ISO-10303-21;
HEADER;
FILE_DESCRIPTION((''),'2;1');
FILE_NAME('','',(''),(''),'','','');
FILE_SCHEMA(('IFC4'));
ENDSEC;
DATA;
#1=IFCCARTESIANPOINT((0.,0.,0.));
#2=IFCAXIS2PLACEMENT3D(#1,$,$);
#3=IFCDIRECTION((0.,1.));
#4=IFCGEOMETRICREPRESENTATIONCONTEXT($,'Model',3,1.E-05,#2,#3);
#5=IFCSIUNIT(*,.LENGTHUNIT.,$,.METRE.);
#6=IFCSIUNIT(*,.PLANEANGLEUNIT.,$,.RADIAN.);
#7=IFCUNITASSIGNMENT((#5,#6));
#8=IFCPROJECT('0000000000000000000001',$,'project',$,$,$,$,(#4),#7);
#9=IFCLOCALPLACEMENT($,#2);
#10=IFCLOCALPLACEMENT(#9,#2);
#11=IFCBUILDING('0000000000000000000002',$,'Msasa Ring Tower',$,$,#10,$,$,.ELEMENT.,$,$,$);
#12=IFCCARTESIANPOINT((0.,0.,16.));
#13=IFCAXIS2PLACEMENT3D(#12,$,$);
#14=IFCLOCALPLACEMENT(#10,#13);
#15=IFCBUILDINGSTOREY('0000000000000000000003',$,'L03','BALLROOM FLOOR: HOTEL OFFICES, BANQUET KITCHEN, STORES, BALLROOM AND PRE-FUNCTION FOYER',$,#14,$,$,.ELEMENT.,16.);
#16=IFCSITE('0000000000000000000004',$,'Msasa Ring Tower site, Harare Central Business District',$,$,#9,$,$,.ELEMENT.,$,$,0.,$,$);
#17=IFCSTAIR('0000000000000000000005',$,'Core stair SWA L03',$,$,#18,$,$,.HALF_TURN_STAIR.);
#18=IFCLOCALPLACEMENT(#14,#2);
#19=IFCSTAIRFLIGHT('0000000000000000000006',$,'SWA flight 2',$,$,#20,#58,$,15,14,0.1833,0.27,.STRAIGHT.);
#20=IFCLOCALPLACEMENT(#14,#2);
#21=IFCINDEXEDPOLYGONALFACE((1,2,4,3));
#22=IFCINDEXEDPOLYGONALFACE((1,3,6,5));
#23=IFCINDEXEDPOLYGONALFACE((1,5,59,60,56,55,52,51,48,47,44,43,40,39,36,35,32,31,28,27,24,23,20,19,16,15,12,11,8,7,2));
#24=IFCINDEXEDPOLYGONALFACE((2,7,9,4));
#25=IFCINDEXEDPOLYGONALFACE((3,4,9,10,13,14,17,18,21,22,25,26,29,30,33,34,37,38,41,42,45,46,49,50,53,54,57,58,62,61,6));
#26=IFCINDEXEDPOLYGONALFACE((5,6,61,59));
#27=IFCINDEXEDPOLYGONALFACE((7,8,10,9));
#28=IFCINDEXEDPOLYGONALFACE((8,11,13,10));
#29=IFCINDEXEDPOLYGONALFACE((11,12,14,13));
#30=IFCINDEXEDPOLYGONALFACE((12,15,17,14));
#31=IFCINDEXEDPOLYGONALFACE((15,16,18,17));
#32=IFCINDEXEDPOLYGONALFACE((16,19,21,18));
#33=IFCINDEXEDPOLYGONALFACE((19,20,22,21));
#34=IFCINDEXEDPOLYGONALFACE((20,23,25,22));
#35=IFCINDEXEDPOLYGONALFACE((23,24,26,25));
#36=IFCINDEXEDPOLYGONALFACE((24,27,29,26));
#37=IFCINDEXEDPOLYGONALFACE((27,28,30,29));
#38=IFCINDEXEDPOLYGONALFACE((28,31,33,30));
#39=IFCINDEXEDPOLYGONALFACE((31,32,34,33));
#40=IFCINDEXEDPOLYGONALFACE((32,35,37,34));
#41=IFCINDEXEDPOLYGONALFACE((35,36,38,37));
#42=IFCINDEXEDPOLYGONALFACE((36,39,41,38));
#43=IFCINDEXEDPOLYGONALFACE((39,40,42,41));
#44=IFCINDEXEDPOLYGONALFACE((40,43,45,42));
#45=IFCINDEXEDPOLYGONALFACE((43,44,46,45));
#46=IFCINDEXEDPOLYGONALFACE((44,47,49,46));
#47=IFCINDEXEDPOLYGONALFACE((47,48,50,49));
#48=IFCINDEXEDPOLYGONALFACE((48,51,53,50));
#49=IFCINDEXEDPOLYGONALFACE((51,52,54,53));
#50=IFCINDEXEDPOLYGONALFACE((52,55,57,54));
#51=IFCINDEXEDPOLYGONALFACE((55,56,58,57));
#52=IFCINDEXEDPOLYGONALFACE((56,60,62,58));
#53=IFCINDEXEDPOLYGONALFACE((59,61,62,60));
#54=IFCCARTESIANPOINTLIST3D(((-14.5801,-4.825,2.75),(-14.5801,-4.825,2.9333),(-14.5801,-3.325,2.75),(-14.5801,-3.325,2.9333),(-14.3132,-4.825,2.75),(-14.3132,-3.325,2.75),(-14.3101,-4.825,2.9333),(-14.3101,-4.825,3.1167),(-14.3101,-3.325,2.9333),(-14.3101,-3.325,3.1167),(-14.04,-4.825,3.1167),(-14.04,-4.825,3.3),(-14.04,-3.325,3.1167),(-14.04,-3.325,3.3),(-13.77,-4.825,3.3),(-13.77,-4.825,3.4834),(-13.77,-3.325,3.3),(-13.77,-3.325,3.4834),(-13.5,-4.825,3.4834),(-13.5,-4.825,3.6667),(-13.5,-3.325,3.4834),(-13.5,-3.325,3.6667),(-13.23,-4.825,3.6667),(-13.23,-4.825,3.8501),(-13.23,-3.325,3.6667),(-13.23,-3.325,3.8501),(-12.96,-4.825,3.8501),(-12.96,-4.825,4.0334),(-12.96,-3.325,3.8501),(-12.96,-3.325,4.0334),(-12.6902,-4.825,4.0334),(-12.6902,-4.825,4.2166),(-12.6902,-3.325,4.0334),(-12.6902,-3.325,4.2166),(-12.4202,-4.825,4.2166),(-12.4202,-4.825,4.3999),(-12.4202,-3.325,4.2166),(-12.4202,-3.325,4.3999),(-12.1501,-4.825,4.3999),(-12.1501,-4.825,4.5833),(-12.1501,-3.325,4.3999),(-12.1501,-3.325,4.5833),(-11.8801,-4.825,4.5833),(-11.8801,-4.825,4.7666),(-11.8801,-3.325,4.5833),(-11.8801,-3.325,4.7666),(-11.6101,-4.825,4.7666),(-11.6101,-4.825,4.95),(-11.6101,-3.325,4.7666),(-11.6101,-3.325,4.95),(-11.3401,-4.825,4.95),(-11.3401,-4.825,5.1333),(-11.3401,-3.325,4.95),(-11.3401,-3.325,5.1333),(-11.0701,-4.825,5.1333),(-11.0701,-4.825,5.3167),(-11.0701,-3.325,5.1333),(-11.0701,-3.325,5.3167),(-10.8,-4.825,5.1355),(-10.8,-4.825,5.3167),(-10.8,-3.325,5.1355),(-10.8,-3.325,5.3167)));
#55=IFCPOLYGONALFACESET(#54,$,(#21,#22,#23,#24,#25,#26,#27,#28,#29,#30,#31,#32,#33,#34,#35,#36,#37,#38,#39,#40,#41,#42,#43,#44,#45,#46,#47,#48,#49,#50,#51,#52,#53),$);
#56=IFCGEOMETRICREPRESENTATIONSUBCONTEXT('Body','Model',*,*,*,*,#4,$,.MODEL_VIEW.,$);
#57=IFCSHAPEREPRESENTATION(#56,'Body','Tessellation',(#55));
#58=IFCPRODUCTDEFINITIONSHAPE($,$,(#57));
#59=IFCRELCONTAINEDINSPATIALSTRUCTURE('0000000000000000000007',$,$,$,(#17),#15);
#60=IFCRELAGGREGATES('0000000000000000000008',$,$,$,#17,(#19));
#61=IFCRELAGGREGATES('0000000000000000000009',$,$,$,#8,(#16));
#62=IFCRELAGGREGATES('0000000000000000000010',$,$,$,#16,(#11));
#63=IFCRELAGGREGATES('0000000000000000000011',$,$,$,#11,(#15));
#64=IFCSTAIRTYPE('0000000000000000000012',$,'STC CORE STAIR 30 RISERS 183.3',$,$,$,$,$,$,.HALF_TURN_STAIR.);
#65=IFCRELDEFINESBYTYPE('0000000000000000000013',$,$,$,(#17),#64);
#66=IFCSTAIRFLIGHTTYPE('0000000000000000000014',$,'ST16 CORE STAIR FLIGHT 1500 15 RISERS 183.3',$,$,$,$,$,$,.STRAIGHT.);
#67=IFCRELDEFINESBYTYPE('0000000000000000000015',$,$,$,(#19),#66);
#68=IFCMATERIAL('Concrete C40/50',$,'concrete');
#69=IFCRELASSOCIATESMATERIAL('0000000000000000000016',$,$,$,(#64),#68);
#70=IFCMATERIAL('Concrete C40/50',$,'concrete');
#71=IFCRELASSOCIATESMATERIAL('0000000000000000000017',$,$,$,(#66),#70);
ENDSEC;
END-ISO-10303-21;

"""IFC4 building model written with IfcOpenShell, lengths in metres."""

from ifc_helpers import new_model, si_unit, direction, frame, origin, place, context, subcontext, project, spatial, polyline, outline, extrude, material, type_object, element, aggregate, save


model = new_model("IFC4")

# Units and contexts
model_context = context("Model", 3, precision=1e-05, world=origin(), true_north=direction((0.0, 1.0)))
body_context = subcontext(model_context, "Body", "Model", "MODEL_VIEW")
ifc_project = project(units=[si_unit("LENGTHUNIT", "METRE"), si_unit("PLANEANGLEUNIT", "RADIAN")], contexts=[model_context])

# Site, building, storey
site_placement = place(None, origin())
site = spatial("IfcSite", under=ifc_project, at=site_placement, Name="Msasa Ring Tower site, Harare Central Business District", CompositionType="ELEMENT", RefElevation=0.0)
building_placement = place(site_placement, origin())
building = spatial("IfcBuilding", under=site, at=building_placement, Name="Msasa Ring Tower", CompositionType="ELEMENT")
storey_placement = place(building_placement, frame((0.0, 0.0, 16.0)))
storey = spatial("IfcBuildingStorey", under=building, at=storey_placement, Name="L03", Description="BALLROOM FLOOR: HOTEL OFFICES, BANQUET KITCHEN, STORES, BALLROOM AND PRE-FUNCTION FOYER", CompositionType="ELEMENT", Elevation=16.0)

# Stair, stair flight
ifc_material_1 = material(Name="Concrete C40/50", Category="concrete")
stair_type = type_object("IfcStairType", Name="STC CORE STAIR 30 RISERS 183.3", PredefinedType="HALF_TURN_STAIR", material=ifc_material_1)
stair_placement = place(storey_placement, origin())
stair = element("IfcStair", 1, at=stair_placement, inside=storey, type_object=stair_type, Name="Core stair SWA L03", PredefinedType="HALF_TURN_STAIR")
ifc_material_2 = material(Name="Concrete C40/50", Category="concrete")
stair_flight_type = type_object("IfcStairFlightType", Name="ST16 CORE STAIR FLIGHT 1500 15 RISERS 183.3", PredefinedType="STRAIGHT", material=ifc_material_2)
stair_flight_placement = place(storey_placement, frame((-14.5801, -4.075, 2.75), z_axis=(0.0, 0.0, 1.0), x_axis=(1.0, 0.0, 0.0)))
stair_flight = element("IfcStairFlight", 2, at=stair_flight_placement, type_object=stair_flight_type, Name="SWA flight 2", NumberOfRisers=15, NumberOfTreads=14, PredefinedType="STRAIGHT", RiserHeight=0.1833, TreadLength=0.27, context=body_context, shape_type="SweptSolid", body=[
    extrude(outline(polyline([(0.0, 0.0), (0.0, 0.1833), (0.27, 0.1833), (0.27, 0.3667), (0.54, 0.3667), (0.54, 0.55), (0.8101, 0.55), (0.8101, 0.7334), (1.0801, 0.7334), (1.0801, 0.9167), (1.3501, 0.9167), (1.3501, 1.1001), (1.6201, 1.1001), (1.6201, 1.2834), (1.8899, 1.2834), (1.8899, 1.4666), (2.1599, 1.4666), (2.1599, 1.6499), (2.4299, 1.6499), (2.4299, 1.8333), (2.7, 1.8333), (2.7, 2.0166), (2.97, 2.0166), (2.97, 2.2), (3.24, 2.2), (3.24, 2.3833), (3.51, 2.3833), (3.51, 2.5667), (3.78, 2.5667), (3.78, 2.75), (3.78, 2.3855), (0.2668, 0.0), (0.0, 0.0)])), frame((0.0, 0.75, 0.0), z_axis=(0.0, -1.0, 0.0), x_axis=(1.0, 0.0, 0.0)), (0.0, 0.0, 1.0), 1.5),
])
aggregate(stair, [stair_flight])

save(model, "model.ifc")
